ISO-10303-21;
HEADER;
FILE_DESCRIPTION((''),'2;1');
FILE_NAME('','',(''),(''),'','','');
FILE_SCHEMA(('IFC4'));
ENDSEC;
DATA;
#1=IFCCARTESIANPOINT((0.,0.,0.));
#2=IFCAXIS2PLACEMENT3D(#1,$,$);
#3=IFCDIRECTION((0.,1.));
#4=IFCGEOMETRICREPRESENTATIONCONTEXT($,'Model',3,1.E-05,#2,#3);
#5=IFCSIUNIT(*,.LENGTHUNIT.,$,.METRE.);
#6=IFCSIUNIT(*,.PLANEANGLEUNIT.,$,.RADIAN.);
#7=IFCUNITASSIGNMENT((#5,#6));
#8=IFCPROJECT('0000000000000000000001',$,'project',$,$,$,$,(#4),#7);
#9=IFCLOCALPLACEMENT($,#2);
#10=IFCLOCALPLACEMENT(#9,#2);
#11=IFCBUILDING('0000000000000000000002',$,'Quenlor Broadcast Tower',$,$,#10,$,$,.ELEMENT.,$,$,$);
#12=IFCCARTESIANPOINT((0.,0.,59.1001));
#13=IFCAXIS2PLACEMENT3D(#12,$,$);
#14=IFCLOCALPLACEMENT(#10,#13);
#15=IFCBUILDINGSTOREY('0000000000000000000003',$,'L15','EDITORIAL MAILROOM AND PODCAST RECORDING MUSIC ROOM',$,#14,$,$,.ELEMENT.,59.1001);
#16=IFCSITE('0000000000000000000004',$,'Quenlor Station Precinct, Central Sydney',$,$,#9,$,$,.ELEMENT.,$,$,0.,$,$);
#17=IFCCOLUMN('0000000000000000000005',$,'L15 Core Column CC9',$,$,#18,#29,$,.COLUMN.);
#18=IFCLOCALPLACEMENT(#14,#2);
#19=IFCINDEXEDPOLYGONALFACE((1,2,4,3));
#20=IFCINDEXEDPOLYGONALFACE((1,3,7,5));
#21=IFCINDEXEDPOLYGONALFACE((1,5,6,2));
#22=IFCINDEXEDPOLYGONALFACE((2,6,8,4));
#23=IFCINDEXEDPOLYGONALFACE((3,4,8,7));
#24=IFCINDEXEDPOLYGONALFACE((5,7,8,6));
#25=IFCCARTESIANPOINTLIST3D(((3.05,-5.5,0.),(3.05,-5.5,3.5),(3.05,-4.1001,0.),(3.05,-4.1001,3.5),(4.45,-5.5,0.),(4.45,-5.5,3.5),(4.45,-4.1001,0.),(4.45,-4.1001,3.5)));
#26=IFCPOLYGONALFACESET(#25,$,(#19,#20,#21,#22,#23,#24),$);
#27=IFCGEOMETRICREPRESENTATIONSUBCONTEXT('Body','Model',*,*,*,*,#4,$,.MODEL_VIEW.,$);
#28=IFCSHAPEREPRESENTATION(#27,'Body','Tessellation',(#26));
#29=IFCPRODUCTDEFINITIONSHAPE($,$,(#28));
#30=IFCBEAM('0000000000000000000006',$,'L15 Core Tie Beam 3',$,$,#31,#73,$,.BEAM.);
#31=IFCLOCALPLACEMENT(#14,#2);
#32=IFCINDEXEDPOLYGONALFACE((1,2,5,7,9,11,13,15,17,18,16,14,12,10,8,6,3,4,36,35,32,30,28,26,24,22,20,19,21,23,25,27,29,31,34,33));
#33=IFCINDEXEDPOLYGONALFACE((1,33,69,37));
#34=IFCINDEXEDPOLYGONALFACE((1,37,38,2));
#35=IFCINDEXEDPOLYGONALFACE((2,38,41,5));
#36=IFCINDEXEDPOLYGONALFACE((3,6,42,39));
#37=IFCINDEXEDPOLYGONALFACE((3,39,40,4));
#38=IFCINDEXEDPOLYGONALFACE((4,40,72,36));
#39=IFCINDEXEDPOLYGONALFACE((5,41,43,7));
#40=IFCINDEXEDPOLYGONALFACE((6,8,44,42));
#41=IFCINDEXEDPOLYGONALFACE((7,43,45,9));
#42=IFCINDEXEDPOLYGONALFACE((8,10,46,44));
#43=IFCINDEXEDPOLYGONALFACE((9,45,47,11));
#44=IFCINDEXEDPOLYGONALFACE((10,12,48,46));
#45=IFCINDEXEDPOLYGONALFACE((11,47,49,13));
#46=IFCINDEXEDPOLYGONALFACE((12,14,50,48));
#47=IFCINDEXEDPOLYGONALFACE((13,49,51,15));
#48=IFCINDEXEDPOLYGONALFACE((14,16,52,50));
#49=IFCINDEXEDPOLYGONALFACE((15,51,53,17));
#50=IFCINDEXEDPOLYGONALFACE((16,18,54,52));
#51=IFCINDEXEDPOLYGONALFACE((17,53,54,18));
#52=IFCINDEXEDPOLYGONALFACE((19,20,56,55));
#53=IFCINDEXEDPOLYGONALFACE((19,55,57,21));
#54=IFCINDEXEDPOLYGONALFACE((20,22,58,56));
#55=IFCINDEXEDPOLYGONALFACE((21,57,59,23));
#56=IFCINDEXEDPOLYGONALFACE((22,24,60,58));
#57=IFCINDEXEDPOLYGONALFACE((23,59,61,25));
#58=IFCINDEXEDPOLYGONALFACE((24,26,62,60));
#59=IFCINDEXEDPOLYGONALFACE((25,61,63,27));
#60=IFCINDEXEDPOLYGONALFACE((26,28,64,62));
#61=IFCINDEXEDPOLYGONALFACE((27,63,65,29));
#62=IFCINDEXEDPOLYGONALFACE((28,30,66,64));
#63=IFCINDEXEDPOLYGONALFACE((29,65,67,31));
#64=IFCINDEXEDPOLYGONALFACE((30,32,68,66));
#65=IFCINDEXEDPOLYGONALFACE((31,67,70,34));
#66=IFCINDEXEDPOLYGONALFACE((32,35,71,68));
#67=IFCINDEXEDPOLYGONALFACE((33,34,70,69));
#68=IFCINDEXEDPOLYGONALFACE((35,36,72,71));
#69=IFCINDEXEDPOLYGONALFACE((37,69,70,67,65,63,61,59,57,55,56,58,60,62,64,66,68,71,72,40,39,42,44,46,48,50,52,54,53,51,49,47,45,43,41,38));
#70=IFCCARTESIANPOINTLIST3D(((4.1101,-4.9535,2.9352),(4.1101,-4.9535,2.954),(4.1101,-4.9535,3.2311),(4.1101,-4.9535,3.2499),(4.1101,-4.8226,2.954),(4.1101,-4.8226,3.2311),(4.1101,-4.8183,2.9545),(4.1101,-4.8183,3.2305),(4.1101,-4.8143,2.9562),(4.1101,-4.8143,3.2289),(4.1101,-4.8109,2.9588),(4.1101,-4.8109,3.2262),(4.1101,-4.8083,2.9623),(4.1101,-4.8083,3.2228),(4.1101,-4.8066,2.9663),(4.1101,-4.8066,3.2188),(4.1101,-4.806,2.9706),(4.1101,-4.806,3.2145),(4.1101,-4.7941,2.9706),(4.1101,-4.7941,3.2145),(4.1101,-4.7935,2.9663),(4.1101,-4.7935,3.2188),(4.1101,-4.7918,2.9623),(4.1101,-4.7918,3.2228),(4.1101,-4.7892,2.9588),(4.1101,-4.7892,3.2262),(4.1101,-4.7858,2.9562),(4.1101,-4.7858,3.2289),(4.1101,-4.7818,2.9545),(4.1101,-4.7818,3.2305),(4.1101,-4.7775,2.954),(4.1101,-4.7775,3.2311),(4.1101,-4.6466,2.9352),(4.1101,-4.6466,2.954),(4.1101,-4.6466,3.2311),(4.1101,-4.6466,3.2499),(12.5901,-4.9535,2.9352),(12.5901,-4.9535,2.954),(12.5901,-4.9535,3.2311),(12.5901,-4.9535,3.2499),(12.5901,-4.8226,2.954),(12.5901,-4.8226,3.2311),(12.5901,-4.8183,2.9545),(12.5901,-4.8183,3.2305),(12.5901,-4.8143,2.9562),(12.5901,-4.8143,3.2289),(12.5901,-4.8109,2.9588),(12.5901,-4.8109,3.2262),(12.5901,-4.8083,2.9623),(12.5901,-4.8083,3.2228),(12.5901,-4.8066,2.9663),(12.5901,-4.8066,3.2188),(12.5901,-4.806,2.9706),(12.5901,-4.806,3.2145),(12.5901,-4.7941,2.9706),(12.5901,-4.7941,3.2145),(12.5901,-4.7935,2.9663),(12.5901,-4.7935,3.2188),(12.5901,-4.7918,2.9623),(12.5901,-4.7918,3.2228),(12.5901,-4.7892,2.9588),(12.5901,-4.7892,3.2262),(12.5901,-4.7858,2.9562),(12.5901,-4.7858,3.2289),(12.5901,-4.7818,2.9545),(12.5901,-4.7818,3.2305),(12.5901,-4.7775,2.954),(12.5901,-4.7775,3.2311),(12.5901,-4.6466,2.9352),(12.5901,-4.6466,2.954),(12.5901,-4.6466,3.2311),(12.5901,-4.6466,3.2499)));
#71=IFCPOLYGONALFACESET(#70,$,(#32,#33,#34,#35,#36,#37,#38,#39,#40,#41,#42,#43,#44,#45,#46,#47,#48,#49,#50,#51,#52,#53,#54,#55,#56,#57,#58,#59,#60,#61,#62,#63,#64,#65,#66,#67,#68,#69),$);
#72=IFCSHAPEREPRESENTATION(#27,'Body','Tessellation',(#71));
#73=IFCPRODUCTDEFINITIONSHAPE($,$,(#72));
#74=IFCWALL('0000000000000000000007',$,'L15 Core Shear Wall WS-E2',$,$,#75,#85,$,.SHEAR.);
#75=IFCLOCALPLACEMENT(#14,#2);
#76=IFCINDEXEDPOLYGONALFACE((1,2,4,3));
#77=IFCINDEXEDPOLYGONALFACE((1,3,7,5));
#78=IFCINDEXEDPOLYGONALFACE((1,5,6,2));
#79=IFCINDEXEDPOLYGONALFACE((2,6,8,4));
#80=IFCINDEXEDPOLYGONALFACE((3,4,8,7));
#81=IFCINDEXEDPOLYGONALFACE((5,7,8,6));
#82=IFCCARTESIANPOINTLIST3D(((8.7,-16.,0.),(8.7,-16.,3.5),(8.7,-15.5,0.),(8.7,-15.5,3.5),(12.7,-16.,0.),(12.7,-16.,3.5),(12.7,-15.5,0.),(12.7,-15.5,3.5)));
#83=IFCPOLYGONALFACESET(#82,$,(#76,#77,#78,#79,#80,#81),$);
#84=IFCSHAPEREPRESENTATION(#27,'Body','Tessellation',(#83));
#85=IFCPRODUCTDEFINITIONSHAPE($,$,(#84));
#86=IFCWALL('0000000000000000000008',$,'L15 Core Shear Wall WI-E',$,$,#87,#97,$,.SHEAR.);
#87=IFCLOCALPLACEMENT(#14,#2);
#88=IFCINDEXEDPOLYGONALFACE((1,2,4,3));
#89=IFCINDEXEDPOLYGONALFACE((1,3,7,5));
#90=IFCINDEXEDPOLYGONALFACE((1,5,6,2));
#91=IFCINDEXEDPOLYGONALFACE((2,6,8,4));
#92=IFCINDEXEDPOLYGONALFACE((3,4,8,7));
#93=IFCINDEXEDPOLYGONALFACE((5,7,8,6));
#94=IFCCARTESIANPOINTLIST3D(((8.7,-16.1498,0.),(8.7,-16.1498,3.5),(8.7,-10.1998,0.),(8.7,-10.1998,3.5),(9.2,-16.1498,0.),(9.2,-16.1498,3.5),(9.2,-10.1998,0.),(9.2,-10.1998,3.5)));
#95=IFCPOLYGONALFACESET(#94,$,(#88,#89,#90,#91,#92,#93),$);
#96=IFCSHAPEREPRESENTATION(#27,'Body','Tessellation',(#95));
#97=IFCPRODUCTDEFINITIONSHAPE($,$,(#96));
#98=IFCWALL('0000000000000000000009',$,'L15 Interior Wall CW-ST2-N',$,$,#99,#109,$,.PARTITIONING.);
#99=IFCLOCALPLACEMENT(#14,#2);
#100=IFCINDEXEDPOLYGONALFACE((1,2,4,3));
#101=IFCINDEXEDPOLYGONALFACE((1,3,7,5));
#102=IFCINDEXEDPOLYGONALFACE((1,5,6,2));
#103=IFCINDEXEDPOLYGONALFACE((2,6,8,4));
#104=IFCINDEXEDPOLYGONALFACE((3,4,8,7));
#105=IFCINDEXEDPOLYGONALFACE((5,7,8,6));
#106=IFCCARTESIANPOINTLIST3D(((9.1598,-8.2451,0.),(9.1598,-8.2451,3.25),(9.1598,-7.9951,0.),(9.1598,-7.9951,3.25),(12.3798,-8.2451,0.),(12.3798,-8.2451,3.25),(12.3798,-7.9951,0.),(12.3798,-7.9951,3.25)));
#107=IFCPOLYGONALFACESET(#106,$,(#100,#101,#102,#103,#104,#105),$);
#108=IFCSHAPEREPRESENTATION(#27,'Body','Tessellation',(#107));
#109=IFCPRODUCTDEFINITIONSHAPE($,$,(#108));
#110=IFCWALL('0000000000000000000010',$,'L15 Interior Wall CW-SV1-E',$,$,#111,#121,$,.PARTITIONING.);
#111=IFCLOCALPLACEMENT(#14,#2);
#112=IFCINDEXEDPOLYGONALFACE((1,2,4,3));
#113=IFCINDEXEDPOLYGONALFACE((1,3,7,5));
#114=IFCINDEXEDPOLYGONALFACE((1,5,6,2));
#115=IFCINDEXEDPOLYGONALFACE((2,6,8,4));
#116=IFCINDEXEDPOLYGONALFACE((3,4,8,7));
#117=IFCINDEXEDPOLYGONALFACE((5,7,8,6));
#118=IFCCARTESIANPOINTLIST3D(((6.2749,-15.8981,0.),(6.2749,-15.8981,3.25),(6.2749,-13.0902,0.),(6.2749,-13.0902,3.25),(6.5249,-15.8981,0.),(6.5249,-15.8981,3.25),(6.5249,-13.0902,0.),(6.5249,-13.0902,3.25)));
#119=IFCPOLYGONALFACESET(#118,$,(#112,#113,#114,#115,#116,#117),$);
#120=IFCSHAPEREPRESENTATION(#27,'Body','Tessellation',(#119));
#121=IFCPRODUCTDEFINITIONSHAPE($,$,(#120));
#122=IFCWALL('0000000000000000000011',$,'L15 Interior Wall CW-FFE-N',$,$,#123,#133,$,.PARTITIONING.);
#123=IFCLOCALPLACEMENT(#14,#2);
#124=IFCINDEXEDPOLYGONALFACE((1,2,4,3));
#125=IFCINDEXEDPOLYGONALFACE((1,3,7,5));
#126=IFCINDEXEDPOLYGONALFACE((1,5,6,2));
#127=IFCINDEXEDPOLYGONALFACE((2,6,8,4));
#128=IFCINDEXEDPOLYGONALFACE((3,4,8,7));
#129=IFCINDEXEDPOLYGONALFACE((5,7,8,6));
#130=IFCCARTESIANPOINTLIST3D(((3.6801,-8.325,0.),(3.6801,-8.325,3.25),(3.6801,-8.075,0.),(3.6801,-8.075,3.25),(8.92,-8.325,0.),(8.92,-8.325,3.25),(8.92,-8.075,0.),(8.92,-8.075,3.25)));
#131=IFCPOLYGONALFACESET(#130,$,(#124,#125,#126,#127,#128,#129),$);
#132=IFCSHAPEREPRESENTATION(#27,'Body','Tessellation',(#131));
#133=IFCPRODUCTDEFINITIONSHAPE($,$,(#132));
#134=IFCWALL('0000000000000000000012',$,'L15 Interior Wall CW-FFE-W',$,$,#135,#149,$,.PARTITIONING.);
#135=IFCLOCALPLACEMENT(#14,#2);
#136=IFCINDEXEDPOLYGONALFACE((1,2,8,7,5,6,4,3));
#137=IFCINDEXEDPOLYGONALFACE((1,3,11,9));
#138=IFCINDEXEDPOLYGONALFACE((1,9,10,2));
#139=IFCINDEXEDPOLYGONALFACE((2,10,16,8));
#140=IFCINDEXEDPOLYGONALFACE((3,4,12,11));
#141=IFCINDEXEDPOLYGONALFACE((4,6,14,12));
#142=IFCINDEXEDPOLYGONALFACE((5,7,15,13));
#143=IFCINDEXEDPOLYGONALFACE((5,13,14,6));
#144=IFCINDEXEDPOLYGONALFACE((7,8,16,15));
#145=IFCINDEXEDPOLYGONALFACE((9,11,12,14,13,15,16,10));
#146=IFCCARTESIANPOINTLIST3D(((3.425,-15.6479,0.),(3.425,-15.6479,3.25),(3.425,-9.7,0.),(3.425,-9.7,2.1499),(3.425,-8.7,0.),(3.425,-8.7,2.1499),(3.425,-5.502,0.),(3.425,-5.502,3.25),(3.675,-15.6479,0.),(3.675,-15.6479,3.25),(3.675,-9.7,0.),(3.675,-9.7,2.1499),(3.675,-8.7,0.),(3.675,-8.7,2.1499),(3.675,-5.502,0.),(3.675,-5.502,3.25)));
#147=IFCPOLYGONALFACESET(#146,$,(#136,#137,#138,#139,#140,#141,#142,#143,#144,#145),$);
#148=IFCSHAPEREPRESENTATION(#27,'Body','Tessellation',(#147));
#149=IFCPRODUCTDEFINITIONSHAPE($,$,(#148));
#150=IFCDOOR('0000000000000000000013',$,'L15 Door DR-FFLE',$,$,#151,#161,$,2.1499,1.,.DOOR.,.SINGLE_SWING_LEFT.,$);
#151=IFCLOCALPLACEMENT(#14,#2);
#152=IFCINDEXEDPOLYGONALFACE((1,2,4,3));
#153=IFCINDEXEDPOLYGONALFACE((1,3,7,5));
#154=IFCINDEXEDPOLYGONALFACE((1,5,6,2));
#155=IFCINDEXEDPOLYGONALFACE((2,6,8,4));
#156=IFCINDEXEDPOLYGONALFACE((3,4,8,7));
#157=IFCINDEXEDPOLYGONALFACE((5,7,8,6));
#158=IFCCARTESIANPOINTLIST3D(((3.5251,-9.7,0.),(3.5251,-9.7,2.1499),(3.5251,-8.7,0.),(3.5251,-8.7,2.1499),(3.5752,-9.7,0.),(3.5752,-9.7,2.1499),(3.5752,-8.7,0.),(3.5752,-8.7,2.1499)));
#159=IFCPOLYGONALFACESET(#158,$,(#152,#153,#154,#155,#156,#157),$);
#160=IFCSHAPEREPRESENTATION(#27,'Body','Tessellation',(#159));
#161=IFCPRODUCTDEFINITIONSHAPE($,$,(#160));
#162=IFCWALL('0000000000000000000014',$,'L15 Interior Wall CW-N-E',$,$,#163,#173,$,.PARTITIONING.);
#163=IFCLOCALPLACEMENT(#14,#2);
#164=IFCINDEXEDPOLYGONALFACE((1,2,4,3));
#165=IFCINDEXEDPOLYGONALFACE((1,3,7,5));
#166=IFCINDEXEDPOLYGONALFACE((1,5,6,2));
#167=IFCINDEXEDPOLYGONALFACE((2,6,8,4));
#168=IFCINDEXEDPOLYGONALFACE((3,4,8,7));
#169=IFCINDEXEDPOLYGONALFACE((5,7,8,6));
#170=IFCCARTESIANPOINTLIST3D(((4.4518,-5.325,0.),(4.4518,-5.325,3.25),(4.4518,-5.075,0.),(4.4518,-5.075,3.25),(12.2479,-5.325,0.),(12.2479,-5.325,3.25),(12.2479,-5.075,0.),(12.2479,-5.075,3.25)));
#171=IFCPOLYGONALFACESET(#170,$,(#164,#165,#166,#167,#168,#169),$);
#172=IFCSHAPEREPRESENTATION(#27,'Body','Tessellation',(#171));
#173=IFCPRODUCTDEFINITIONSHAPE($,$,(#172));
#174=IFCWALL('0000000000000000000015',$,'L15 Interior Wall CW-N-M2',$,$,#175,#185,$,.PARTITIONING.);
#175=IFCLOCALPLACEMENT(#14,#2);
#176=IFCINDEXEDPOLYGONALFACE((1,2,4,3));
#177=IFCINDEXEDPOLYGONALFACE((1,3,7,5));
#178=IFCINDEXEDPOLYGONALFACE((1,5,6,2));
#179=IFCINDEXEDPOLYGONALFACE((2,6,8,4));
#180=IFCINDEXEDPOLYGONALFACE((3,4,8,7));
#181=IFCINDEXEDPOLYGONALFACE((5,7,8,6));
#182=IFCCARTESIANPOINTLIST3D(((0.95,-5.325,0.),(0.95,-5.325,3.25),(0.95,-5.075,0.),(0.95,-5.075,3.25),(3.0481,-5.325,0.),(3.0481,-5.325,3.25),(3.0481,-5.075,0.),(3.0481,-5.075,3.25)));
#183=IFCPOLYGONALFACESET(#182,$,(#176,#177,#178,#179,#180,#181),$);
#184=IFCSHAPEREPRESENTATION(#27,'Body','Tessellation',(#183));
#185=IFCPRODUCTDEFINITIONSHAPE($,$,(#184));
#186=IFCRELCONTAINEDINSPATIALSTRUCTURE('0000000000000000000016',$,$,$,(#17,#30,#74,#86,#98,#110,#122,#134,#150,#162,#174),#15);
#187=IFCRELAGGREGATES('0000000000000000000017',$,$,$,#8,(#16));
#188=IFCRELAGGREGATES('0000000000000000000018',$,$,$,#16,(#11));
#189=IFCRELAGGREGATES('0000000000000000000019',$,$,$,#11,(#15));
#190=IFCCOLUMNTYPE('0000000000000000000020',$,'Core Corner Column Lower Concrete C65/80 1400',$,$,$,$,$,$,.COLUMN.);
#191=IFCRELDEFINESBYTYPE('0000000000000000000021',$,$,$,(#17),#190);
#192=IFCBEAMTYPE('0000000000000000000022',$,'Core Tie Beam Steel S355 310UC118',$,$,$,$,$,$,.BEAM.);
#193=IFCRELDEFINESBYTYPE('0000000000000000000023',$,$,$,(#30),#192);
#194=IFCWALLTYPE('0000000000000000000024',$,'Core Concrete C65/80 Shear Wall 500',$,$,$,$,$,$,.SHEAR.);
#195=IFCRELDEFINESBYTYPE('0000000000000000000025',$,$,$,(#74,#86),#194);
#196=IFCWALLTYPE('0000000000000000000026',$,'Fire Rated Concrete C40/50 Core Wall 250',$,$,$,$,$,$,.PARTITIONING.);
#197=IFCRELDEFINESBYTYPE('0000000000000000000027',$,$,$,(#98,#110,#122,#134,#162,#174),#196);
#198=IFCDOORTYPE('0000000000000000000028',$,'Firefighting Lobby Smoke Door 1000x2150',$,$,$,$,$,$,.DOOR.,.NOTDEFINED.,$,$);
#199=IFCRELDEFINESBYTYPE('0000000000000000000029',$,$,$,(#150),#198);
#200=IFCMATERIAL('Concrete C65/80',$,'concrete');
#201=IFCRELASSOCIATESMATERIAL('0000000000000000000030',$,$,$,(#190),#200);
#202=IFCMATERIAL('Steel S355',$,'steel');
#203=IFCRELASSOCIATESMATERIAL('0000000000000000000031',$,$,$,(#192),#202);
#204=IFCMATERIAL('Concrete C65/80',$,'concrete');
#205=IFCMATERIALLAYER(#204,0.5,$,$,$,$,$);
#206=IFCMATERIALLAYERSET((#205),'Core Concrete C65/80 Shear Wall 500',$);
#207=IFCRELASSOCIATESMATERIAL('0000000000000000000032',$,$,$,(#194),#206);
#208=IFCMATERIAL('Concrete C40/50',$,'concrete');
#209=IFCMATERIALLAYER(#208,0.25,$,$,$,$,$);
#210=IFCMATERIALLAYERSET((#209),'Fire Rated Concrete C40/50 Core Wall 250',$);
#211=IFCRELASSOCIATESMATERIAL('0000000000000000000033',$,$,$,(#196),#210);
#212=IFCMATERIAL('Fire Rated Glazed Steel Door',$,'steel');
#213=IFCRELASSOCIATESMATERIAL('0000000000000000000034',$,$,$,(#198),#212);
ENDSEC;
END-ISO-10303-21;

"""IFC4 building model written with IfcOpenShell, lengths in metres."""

from ifc_helpers import new_model, si_unit, direction, frame, frame_2d, origin, origin_2d, place, context, subcontext, project, spatial, rectangle, i_section, extrude, material, layer, layer_set, material_profile, profile_set, type_object, element, fill, save


model = new_model("IFC4")

# Units and contexts
model_context = context("Model", 3, precision=1e-05, world=origin(), true_north=direction((0.0, 1.0)))
body_context = subcontext(model_context, "Body", "Model", "MODEL_VIEW")
ifc_project = project(units=[si_unit("LENGTHUNIT", "METRE"), si_unit("PLANEANGLEUNIT", "RADIAN")], contexts=[model_context])

# Site, building, storey
site_placement = place(None, origin())
site = spatial("IfcSite", under=ifc_project, at=site_placement, Name="Quenlor Station Precinct, Central Sydney", CompositionType="ELEMENT", RefElevation=0.0)
building_placement = place(site_placement, origin())
building = spatial("IfcBuilding", under=site, at=building_placement, Name="Quenlor Broadcast Tower", CompositionType="ELEMENT")
storey_placement = place(building_placement, frame((0.0, 0.0, 59.1001)))
storey = spatial("IfcBuildingStorey", under=building, at=storey_placement, Name="L15", Description="EDITORIAL MAILROOM AND PODCAST RECORDING MUSIC ROOM", CompositionType="ELEMENT", Elevation=59.1001)

# Column
ifc_material_1 = material(Name="Concrete C65/80", Category="concrete")
ifc_material_profile_1 = material_profile(ifc_material_1, rectangle(XDim=1.3999, YDim=1.3999, at=origin_2d()))
ifc_profile_set_1 = profile_set([ifc_material_profile_1], Name="Concrete C65/80 RC1400x1400")
column_type = type_object("IfcColumnType", Name="Core Corner Column Lower Concrete C65/80 1400", PredefinedType="COLUMN", material=ifc_profile_set_1)
column_placement = place(storey_placement, frame((3.75, -4.8, 0.0), z_axis=(0.0, 0.0, 1.0), x_axis=(1.0, 0.0, 0.0)))
element("IfcColumn", 1, at=column_placement, inside=storey, type_object=column_type, Name="L15 Core Column CC9", PredefinedType="COLUMN", context=body_context, shape_type="SweptSolid", body=[
    extrude(rectangle(XDim=1.3999, YDim=1.3999, at=origin_2d()), origin(), (0.0, 0.0, 1.0), 3.5),
])

# Beam
ifc_material_2 = material(Name="Steel S355", Category="steel")
ifc_material_profile_2 = material_profile(ifc_material_2, i_section(OverallWidth=0.3069, OverallDepth=0.3147, WebThickness=0.012, FlangeThickness=0.0188, FilletRadius=0.0166, at=origin_2d()))
ifc_profile_set_2 = profile_set([ifc_material_profile_2], Name="Steel S355 310UC118")
beam_type = type_object("IfcBeamType", Name="Core Tie Beam Steel S355 310UC118", PredefinedType="BEAM", material=ifc_profile_set_2)
beam_placement = place(storey_placement, frame((4.1101, -4.8, 3.0925), z_axis=(1.0, 0.0, 0.0), x_axis=(0.0, 1.0, 0.0)))
element("IfcBeam", 2, at=beam_placement, inside=storey, type_object=beam_type, Name="L15 Core Tie Beam 3", PredefinedType="BEAM", context=body_context, shape_type="SweptSolid", body=[
    extrude(i_section(OverallWidth=0.3069, OverallDepth=0.3147, WebThickness=0.012, FlangeThickness=0.0188, FilletRadius=0.0166, at=origin_2d()), origin(), (0.0, 0.0, 1.0), 8.48),
])

# Walls
ifc_material_3 = material(Name="Concrete C65/80", Category="concrete")
ifc_layer_1 = layer(ifc_material_3, 0.5)
ifc_layer_set_1 = layer_set([ifc_layer_1], Name="Core Concrete C65/80 Shear Wall 500")
wall_type_1 = type_object("IfcWallType", Name="Core Concrete C65/80 Shear Wall 500", PredefinedType="SHEAR", material=ifc_layer_set_1)
wall_1_placement = place(storey_placement, frame((8.7, -15.75, 0.0), z_axis=(0.0, 0.0, 1.0), x_axis=(1.0, 0.0, 0.0)))
element("IfcWall", 3, at=wall_1_placement, inside=storey, type_object=wall_type_1, Name="L15 Core Shear Wall WS-E2", PredefinedType="SHEAR", context=body_context, shape_type="SweptSolid", body=[
    extrude(rectangle(XDim=4.0, YDim=0.5, at=frame_2d((2.0, 0.0))), origin(), (0.0, 0.0, 1.0), 3.5),
])
wall_2_placement = place(storey_placement, frame((8.95, -16.1499, 0.0), z_axis=(0.0, 0.0, 1.0), x_axis=(0.0, 1.0, 0.0)))
element("IfcWall", 4, at=wall_2_placement, inside=storey, type_object=wall_type_1, Name="L15 Core Shear Wall WI-E", PredefinedType="SHEAR", context=body_context, shape_type="SweptSolid", body=[
    extrude(rectangle(XDim=5.95, YDim=0.5, at=frame_2d((2.9751, 0.0))), origin(), (0.0, 0.0, 1.0), 3.5),
])

# Shared definitions
ifc_material_4 = material(Name="Concrete C40/50", Category="concrete")
ifc_layer_2 = layer(ifc_material_4, 0.25)
ifc_layer_set_2 = layer_set([ifc_layer_2], Name="Fire Rated Concrete C40/50 Core Wall 250")
wall_type_2 = type_object("IfcWallType", Name="Fire Rated Concrete C40/50 Core Wall 250", PredefinedType="PARTITIONING", material=ifc_layer_set_2)

# Wall
wall_3_placement = place(storey_placement, frame((9.1599, -8.1201, 0.0), z_axis=(0.0, 0.0, 1.0), x_axis=(1.0, 0.0, 0.0)))
element("IfcWall", 5, at=wall_3_placement, inside=storey, type_object=wall_type_2, Name="L15 Interior Wall CW-ST2-N", PredefinedType="PARTITIONING", context=body_context, shape_type="SweptSolid", body=[
    extrude(rectangle(XDim=3.22, YDim=0.25, at=frame_2d((1.6099, 0.0))), origin(), (0.0, 0.0, 1.0), 3.25),
])

# Walls
wall_4_placement = place(storey_placement, frame((6.3999, -15.8979, 0.0), z_axis=(0.0, 0.0, 1.0), x_axis=(0.0, 1.0, 0.0)))
element("IfcWall", 6, at=wall_4_placement, inside=storey, type_object=wall_type_2, Name="L15 Interior Wall CW-SV1-E", PredefinedType="PARTITIONING", context=body_context, shape_type="SweptSolid", body=[
    extrude(rectangle(XDim=2.8079, YDim=0.25, at=frame_2d((1.4038, 0.0))), origin(), (0.0, 0.0, 1.0), 3.25),
])
wall_5_placement = place(storey_placement, frame((3.6799, -8.2, 0.0), z_axis=(0.0, 0.0, 1.0), x_axis=(1.0, 0.0, 0.0)))
element("IfcWall", 7, at=wall_5_placement, inside=storey, type_object=wall_type_2, Name="L15 Interior Wall CW-FFE-N", PredefinedType="PARTITIONING", context=body_context, shape_type="SweptSolid", body=[
    extrude(rectangle(XDim=5.24, YDim=0.25, at=frame_2d((2.6201, 0.0))), origin(), (0.0, 0.0, 1.0), 3.25),
])

# Wall, opening, door
wall_6_placement = place(storey_placement, frame((3.55, -15.6479, 0.0), z_axis=(0.0, 0.0, 1.0), x_axis=(0.0, 1.0, 0.0)))
wall_6 = element("IfcWall", 8, at=wall_6_placement, inside=storey, type_object=wall_type_2, Name="L15 Interior Wall CW-FFE-W", PredefinedType="PARTITIONING", context=body_context, shape_type="SweptSolid", body=[
    extrude(rectangle(XDim=10.146, YDim=0.25, at=frame_2d((5.073, 0.0))), origin(), (0.0, 0.0, 1.0), 3.25),
])
opening_1_placement = place(wall_6_placement, frame((5.948, 0.0, 0.0)))
opening_1 = element("IfcOpeningElement", 9, at=opening_1_placement, cuts=wall_6, PredefinedType="OPENING", context=body_context, shape_type="SweptSolid", body=[
    extrude(rectangle(XDim=1.0, YDim=2.1499, at=frame_2d((0.5, 1.075))), frame((0.0, 0.135, 0.0), z_axis=(0.0, -1.0, 0.0), x_axis=(1.0, 0.0, 0.0)), (0.0, 0.0, 1.0), 0.27),
])
ifc_material_5 = material(Name="Fire Rated Glazed Steel Door", Category="steel")
door_type_1 = type_object("IfcDoorType", Name="Firefighting Lobby Smoke Door 1000x2150", OperationType="NOTDEFINED", PredefinedType="DOOR", material=ifc_material_5)
door_1_placement = place(opening_1_placement, origin())
door_1 = element("IfcDoor", 10, at=door_1_placement, inside=storey, type_object=door_type_1, Name="L15 Door DR-FFLE", OperationType="SINGLE_SWING_LEFT", OverallHeight=2.1499, OverallWidth=1.0, PredefinedType="DOOR", context=body_context, shape_type="SweptSolid", body=[
    extrude(rectangle(XDim=1.0, YDim=2.1499, at=frame_2d((0.5, 1.075))), frame((0.0, 0.0249, 0.0), z_axis=(0.0, -1.0, 0.0), x_axis=(1.0, 0.0, 0.0)), (0.0, 0.0, 1.0), 0.05),
])
fill(opening_1, door_1)

# Walls
wall_7_placement = place(storey_placement, frame((4.4519, -5.2, 0.0), z_axis=(0.0, 0.0, 1.0), x_axis=(1.0, 0.0, 0.0)))
element("IfcWall", 11, at=wall_7_placement, inside=storey, type_object=wall_type_2, Name="L15 Interior Wall CW-N-E", PredefinedType="PARTITIONING", context=body_context, shape_type="SweptSolid", body=[
    extrude(rectangle(XDim=7.7961, YDim=0.25, at=frame_2d((3.8979, 0.0))), origin(), (0.0, 0.0, 1.0), 3.25),
])
wall_8_placement = place(storey_placement, frame((0.95, -5.2, 0.0), z_axis=(0.0, 0.0, 1.0), x_axis=(1.0, 0.0, 0.0)))
element("IfcWall", 12, at=wall_8_placement, inside=storey, type_object=wall_type_2, Name="L15 Interior Wall CW-N-M2", PredefinedType="PARTITIONING", context=body_context, shape_type="SweptSolid", body=[
    extrude(rectangle(XDim=2.0981, YDim=0.25, at=frame_2d((1.0491, 0.0))), origin(), (0.0, 0.0, 1.0), 3.25),
])

save(model, "model.ifc")
